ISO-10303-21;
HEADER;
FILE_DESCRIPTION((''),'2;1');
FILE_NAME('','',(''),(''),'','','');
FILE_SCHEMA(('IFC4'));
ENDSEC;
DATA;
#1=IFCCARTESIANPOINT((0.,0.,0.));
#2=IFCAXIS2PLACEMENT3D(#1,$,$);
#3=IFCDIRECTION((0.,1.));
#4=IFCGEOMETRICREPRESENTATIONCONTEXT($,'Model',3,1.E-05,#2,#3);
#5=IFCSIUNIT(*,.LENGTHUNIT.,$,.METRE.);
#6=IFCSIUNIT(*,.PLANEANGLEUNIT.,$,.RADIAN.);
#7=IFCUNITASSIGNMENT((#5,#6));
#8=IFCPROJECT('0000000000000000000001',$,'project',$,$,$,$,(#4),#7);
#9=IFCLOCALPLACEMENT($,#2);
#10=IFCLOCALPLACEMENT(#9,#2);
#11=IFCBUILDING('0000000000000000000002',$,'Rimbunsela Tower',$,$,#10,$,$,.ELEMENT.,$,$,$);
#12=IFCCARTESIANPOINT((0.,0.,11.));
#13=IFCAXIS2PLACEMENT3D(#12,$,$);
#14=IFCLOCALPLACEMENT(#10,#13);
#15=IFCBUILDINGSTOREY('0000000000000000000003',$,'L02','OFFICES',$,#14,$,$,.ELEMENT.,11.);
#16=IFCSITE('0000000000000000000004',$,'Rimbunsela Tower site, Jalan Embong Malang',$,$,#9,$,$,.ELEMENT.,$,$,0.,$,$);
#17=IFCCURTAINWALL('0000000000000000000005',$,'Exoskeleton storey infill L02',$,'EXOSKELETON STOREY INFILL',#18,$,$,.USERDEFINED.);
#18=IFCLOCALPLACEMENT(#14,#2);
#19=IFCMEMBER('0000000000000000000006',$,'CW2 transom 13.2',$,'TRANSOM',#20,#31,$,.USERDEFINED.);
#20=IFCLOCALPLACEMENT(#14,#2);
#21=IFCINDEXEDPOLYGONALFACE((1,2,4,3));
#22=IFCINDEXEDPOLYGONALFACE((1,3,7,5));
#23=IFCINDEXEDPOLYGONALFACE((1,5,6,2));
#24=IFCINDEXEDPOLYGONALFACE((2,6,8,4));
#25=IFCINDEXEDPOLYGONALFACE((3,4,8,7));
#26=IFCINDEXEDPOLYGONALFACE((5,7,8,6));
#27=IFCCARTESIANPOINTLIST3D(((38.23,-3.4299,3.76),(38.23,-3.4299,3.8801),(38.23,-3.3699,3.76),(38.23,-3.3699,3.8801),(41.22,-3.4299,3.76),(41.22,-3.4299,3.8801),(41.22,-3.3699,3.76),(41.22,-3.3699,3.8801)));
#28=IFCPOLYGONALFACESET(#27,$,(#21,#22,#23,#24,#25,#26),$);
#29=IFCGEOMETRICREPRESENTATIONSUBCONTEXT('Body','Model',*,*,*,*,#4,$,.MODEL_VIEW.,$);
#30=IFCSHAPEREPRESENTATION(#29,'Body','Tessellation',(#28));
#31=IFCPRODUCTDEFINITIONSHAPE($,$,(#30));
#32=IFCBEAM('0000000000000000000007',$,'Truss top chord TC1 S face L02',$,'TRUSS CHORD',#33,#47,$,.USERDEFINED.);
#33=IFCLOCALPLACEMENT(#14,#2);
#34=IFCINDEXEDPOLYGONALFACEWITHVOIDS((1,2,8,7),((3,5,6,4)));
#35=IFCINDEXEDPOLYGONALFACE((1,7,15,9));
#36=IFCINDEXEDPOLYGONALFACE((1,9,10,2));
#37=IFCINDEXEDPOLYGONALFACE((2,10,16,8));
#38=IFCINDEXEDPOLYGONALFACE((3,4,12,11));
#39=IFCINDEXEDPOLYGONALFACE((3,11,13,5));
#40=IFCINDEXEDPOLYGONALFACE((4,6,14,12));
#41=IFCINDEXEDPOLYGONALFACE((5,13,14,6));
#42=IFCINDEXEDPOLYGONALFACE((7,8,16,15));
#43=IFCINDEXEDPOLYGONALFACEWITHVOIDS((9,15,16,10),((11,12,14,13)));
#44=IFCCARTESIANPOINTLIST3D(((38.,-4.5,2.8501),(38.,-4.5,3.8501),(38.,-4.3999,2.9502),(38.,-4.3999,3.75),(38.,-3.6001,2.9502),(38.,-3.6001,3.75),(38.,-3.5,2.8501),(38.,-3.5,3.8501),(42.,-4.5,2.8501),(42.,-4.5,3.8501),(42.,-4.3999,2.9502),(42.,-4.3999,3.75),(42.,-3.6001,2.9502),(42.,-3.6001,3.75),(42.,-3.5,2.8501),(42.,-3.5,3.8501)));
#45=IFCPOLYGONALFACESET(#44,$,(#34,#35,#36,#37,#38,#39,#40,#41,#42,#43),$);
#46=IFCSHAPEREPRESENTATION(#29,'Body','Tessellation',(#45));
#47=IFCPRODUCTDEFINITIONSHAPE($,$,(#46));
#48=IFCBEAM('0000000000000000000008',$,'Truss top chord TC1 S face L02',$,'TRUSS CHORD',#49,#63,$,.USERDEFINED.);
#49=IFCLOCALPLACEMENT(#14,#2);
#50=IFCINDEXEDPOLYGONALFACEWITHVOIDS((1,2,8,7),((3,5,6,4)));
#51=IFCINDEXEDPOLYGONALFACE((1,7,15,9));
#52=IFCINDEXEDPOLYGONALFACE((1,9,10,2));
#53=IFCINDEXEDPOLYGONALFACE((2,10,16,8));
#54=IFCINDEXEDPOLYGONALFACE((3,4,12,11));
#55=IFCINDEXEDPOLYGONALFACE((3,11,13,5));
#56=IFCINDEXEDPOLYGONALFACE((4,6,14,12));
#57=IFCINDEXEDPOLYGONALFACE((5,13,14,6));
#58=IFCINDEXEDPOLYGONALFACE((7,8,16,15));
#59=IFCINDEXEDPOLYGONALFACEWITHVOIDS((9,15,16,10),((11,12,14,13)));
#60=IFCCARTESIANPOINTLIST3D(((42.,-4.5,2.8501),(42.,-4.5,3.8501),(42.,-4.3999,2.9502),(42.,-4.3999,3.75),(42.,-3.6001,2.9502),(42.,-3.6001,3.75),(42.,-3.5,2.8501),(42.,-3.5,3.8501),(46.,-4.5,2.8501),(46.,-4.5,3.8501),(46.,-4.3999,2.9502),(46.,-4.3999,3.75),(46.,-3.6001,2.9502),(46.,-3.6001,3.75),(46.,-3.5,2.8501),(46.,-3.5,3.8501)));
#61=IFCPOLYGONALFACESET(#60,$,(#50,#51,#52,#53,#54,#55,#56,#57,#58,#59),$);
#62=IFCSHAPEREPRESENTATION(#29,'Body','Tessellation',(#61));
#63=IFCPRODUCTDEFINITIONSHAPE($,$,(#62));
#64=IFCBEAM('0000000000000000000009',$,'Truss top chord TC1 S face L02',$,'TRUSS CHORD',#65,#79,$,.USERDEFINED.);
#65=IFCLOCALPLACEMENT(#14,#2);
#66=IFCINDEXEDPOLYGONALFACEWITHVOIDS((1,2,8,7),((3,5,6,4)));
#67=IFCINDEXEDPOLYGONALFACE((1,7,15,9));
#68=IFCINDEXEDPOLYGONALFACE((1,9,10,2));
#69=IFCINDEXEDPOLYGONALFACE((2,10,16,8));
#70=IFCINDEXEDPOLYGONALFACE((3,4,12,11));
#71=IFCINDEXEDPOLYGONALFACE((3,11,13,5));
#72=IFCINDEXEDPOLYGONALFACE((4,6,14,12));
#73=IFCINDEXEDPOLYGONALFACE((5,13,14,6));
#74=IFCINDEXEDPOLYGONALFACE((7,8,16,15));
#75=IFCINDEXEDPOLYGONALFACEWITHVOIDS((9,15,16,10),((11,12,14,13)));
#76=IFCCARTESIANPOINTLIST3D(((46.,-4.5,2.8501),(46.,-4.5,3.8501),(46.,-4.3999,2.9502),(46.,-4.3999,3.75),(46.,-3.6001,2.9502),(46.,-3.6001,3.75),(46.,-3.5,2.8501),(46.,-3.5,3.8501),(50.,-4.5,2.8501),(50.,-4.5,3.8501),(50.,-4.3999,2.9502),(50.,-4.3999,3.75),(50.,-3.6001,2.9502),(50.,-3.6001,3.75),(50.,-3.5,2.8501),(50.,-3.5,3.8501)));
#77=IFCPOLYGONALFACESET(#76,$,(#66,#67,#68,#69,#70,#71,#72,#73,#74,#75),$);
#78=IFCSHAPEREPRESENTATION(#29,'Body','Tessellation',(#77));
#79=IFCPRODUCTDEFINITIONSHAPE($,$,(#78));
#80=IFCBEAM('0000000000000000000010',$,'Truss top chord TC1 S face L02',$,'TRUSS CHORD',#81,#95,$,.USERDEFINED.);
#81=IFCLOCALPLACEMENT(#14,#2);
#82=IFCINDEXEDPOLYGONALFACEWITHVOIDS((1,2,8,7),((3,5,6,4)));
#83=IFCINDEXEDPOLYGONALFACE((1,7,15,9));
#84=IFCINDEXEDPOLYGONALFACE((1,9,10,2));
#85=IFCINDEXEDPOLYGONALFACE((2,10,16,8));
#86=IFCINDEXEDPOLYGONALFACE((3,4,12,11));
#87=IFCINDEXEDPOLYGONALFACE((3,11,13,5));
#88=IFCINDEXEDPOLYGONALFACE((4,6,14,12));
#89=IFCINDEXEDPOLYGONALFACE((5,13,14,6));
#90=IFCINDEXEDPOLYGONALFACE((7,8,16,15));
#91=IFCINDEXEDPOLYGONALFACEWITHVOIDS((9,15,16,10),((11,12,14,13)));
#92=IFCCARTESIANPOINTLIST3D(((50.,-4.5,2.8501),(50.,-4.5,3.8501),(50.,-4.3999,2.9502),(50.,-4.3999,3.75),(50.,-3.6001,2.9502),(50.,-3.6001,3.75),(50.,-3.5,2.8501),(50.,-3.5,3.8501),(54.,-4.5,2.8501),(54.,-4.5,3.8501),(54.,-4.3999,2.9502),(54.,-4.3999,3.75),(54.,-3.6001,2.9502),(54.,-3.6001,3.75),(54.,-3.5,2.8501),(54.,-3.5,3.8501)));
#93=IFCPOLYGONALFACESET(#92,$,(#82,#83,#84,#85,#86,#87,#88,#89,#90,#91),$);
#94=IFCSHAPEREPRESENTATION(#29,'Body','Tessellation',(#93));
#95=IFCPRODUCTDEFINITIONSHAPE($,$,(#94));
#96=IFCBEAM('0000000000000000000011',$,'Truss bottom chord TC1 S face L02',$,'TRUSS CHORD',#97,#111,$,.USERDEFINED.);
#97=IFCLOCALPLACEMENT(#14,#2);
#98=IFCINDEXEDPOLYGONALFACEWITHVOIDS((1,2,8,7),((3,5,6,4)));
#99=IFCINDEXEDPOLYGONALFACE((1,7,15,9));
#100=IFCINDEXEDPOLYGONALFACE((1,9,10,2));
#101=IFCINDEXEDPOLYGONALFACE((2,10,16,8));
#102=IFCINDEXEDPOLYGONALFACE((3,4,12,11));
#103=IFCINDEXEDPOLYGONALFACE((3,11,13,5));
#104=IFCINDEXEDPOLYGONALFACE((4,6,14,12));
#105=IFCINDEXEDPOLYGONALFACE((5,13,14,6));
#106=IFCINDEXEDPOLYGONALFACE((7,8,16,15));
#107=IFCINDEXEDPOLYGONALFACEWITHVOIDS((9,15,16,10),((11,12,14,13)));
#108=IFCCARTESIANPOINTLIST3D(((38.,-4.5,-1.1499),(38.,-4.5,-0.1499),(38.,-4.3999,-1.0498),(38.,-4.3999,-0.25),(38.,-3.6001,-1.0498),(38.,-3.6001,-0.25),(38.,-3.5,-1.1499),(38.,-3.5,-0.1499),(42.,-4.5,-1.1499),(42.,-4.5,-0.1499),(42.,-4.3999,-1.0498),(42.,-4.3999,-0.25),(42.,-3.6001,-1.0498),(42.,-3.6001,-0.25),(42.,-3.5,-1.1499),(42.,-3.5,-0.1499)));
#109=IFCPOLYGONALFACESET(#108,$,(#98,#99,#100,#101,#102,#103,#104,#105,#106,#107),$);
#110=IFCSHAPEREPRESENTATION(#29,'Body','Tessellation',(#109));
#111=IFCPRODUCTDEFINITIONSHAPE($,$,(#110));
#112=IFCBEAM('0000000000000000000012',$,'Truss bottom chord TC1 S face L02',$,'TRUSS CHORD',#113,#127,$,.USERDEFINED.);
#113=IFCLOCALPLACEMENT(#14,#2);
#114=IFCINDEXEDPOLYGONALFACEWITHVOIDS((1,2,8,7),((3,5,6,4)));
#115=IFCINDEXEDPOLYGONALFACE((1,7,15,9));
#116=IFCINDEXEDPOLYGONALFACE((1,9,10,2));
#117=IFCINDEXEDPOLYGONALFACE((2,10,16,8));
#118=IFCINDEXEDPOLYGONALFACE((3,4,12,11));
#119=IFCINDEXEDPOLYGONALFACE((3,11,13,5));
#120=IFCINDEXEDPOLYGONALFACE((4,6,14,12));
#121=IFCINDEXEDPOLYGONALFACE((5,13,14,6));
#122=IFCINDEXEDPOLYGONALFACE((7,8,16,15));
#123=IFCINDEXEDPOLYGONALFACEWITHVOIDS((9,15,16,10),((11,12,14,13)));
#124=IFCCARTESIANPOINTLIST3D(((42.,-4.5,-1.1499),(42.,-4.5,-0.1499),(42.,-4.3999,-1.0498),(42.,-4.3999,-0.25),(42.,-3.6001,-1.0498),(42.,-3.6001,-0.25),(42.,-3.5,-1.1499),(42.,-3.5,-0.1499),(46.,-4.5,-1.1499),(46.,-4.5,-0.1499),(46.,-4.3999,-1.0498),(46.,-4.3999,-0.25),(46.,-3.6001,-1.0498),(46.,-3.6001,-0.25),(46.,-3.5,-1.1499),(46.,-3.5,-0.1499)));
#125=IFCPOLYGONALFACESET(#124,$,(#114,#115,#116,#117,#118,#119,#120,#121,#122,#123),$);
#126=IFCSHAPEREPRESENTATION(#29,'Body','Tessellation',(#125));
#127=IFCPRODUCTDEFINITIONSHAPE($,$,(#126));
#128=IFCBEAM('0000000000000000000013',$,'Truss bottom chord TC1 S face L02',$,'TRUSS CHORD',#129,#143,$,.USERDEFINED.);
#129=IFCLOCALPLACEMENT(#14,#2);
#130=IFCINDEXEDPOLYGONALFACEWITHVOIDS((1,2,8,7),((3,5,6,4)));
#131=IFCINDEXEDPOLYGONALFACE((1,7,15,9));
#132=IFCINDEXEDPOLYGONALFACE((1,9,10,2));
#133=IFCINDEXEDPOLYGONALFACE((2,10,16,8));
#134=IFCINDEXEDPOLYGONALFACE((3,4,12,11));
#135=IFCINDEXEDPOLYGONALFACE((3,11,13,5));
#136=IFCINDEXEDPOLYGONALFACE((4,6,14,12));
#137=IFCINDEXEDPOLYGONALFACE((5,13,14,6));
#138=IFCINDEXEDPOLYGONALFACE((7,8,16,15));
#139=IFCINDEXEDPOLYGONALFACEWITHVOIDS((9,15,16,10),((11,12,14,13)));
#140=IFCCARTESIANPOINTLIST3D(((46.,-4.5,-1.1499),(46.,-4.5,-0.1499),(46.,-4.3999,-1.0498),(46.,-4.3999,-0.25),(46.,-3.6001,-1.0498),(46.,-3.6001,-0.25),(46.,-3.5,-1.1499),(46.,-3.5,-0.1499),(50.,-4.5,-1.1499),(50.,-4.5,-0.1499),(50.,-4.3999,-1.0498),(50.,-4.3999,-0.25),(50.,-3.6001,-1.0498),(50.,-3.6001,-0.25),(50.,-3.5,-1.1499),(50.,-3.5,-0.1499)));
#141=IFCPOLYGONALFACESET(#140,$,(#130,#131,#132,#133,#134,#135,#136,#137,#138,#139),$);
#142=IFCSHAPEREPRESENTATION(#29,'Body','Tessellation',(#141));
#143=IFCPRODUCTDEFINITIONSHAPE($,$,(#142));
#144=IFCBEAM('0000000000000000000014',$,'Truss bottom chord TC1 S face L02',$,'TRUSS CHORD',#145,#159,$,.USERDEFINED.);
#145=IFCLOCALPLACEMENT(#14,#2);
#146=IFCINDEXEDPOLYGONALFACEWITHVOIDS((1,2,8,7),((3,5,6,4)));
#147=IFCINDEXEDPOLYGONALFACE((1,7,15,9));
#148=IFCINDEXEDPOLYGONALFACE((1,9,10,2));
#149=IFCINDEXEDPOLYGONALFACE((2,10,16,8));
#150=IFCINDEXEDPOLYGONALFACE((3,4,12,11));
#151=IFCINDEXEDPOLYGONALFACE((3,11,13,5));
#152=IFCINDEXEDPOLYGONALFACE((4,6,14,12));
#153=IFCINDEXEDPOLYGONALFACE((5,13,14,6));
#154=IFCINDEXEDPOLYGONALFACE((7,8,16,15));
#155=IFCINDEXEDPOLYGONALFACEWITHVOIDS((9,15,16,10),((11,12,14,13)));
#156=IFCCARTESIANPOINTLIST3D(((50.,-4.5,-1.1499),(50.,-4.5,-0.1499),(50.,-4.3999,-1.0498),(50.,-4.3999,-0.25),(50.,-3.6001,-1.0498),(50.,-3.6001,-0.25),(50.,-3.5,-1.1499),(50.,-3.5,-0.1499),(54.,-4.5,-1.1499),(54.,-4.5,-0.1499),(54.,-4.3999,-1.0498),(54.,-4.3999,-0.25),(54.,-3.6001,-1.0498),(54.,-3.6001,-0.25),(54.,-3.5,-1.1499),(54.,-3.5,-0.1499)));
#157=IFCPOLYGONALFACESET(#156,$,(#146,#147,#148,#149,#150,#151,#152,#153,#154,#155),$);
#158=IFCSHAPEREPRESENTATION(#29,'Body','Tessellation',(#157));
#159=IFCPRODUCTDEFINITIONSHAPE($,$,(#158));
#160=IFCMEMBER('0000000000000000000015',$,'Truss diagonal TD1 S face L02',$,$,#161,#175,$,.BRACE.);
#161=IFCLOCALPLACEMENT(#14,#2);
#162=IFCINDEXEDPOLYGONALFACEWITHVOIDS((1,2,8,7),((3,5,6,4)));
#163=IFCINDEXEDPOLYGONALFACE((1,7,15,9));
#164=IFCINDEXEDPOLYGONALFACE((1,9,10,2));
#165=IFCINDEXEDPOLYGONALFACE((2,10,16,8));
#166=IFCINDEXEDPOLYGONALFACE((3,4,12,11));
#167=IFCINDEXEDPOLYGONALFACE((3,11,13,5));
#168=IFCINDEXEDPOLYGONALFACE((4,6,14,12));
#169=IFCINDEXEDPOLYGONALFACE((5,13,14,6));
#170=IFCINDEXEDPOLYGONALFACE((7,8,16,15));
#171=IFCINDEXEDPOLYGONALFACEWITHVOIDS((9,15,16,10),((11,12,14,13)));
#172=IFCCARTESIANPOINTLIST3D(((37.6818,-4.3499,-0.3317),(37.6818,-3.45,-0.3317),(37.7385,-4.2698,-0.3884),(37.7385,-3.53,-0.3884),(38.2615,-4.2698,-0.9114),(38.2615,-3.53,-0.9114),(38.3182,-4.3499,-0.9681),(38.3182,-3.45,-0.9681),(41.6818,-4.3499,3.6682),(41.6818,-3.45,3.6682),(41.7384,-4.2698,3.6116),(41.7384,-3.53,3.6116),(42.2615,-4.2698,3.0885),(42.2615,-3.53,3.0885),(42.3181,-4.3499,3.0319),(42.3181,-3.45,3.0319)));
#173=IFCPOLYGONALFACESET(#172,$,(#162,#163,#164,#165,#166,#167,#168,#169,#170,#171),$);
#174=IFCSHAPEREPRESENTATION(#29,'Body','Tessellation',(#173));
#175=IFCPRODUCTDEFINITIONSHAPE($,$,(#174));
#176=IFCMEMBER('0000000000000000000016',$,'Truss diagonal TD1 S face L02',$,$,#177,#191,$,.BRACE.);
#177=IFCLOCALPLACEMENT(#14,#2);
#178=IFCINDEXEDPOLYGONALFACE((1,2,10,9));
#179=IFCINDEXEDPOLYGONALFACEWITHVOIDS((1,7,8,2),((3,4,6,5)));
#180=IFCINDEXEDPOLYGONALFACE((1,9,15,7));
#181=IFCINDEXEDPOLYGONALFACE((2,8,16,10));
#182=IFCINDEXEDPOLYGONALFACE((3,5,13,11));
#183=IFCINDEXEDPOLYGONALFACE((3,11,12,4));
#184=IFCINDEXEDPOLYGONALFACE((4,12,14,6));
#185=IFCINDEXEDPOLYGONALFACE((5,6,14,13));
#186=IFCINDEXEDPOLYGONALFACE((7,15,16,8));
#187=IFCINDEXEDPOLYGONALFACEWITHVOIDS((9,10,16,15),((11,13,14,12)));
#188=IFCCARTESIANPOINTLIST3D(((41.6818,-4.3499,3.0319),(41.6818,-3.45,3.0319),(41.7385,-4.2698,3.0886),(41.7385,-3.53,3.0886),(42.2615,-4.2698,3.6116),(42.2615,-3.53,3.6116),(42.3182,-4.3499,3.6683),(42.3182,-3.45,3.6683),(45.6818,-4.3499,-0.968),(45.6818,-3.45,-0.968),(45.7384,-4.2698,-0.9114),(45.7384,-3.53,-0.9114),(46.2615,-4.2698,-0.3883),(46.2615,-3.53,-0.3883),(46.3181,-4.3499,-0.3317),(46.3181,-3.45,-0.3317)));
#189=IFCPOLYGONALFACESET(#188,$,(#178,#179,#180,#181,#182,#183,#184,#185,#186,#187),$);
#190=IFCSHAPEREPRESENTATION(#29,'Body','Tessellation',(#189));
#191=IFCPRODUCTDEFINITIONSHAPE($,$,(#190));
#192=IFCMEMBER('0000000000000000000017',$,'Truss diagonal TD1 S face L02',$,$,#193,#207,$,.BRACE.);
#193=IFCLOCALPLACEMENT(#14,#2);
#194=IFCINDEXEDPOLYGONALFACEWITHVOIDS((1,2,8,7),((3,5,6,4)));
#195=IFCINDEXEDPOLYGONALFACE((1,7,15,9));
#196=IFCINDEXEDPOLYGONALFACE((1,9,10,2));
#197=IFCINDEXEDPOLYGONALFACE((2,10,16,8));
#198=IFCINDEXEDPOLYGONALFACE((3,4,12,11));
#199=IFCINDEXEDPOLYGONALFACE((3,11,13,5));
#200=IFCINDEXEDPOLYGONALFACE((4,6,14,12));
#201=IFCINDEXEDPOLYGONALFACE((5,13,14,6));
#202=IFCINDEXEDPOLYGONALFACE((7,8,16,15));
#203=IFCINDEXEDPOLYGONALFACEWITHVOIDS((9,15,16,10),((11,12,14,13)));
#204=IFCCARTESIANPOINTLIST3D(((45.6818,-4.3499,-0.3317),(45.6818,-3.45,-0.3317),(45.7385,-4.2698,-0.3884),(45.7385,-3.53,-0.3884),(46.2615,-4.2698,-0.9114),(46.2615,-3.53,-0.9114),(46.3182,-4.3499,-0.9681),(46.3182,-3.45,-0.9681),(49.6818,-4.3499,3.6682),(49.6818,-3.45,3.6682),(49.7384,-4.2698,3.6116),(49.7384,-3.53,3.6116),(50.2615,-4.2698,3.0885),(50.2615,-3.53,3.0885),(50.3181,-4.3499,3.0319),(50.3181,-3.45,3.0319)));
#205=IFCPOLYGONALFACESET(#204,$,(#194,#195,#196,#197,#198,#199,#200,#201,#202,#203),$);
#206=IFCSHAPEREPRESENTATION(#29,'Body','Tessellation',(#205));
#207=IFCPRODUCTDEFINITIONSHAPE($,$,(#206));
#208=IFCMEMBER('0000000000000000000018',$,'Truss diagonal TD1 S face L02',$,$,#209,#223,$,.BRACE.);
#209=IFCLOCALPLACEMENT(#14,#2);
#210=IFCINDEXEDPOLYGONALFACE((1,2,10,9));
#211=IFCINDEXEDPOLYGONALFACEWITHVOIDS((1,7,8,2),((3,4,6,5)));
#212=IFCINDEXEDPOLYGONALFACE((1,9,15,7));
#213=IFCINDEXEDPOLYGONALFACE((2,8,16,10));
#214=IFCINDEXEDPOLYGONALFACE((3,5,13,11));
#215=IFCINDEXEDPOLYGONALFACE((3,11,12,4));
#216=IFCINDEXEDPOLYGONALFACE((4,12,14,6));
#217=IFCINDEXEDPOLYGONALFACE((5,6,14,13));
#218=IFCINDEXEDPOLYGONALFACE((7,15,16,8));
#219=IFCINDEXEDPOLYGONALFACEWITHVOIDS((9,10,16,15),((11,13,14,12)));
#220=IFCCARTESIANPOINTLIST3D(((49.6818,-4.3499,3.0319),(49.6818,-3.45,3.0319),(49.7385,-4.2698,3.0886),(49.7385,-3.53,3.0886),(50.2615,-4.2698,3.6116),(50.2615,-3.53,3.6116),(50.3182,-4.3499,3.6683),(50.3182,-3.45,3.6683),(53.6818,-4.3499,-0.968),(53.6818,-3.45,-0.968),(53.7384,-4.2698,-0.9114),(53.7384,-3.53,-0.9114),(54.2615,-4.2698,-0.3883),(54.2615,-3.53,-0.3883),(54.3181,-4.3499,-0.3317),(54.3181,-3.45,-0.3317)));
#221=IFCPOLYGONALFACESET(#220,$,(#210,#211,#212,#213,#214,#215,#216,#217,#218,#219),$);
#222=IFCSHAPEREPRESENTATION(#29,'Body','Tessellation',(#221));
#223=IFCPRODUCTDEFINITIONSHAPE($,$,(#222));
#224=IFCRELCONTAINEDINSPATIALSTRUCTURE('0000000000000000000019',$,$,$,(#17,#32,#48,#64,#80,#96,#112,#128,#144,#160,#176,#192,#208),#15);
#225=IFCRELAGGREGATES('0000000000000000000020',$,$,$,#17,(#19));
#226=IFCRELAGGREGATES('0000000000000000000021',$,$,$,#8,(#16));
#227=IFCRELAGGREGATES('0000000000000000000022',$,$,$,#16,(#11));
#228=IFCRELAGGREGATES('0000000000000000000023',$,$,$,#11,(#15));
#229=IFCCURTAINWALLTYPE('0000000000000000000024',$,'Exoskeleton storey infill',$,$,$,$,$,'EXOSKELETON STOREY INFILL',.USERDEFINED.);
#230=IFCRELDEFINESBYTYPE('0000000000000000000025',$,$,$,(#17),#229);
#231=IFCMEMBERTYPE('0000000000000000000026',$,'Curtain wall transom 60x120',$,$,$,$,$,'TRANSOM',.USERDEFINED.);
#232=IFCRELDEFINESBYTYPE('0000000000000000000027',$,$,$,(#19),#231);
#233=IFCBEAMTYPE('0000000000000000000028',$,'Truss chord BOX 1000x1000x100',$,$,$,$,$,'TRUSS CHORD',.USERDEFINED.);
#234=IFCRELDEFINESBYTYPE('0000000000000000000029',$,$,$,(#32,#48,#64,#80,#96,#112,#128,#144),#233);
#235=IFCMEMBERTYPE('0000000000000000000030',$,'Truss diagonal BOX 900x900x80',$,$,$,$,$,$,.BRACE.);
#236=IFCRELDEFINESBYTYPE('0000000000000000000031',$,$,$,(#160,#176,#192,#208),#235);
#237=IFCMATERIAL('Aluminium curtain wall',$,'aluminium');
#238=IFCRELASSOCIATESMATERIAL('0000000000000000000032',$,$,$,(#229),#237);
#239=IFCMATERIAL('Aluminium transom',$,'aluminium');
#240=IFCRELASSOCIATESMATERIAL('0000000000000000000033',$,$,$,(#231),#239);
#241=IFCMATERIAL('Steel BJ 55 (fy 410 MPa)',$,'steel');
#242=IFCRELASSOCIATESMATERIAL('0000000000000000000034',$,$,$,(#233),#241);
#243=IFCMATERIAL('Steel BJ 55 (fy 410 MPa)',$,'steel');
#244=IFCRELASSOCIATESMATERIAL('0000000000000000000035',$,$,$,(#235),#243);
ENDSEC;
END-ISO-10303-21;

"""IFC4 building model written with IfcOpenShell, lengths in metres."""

from ifc_helpers import new_model, si_unit, direction, frame, origin, origin_2d, place, context, subcontext, project, spatial, rectangle, hollow_rectangle, extrude, material, material_profile, profile_set, type_object, element, aggregate, save


model = new_model("IFC4")

# Units and contexts
model_context = context("Model", 3, precision=1e-05, world=origin(), true_north=direction((0.0, 1.0)))
body_context = subcontext(model_context, "Body", "Model", "MODEL_VIEW")
ifc_project = project(units=[si_unit("LENGTHUNIT", "METRE"), si_unit("PLANEANGLEUNIT", "RADIAN")], contexts=[model_context])

# Site, building, storey
site_placement = place(None, origin())
site = spatial("IfcSite", under=ifc_project, at=site_placement, Name="Rimbunsela Tower site, Jalan Embong Malang", CompositionType="ELEMENT", RefElevation=0.0)
building_placement = place(site_placement, origin())
building = spatial("IfcBuilding", under=site, at=building_placement, Name="Rimbunsela Tower", CompositionType="ELEMENT")
storey_placement = place(building_placement, frame((0.0, 0.0, 11.0)))
storey = spatial("IfcBuildingStorey", under=building, at=storey_placement, Name="L02", Description="OFFICES", CompositionType="ELEMENT", Elevation=11.0)

# Curtain wall, member
ifc_material_1 = material(Name="Aluminium curtain wall", Category="aluminium")
curtain_wall_type = type_object("IfcCurtainWallType", Name="Exoskeleton storey infill", ElementType="EXOSKELETON STOREY INFILL", PredefinedType="USERDEFINED", material=ifc_material_1)
curtain_wall_placement = place(storey_placement, origin())
curtain_wall = element("IfcCurtainWall", 1, at=curtain_wall_placement, inside=storey, type_object=curtain_wall_type, Name="Exoskeleton storey infill L02", ObjectType="EXOSKELETON STOREY INFILL", PredefinedType="USERDEFINED")
ifc_material_2 = material(Name="Aluminium transom", Category="aluminium")
ifc_material_profile_1 = material_profile(ifc_material_2, rectangle(XDim=0.0601, YDim=0.1201, at=origin_2d()), Name="Transom 60x120")
ifc_profile_set_1 = profile_set([ifc_material_profile_1], Name="Aluminium transom")
member_type_1 = type_object("IfcMemberType", Name="Curtain wall transom 60x120", ElementType="TRANSOM", PredefinedType="USERDEFINED", material=ifc_profile_set_1)
member_1_placement = place(storey_placement, frame((38.23, -3.3999, 3.8201), z_axis=(1.0, 0.0, 0.0), x_axis=(0.0, 1.0, 0.0)))
member_1 = element("IfcMember", 2, at=member_1_placement, type_object=member_type_1, Name="CW2 transom 13.2", ObjectType="TRANSOM", PredefinedType="USERDEFINED", context=body_context, shape_type="SweptSolid", body=[
    extrude(rectangle(XDim=0.0601, YDim=0.1201, at=origin_2d()), origin(), (0.0, 0.0, 1.0), 2.99),
])
aggregate(curtain_wall, [member_1])

# Beams
ifc_material_3 = material(Name="Steel BJ 55 (fy 410 MPa)", Category="steel")
ifc_material_profile_2 = material_profile(ifc_material_3, hollow_rectangle(XDim=1.0, YDim=1.0, WallThickness=0.1001, at=origin_2d()), Name="BOX 1000x1000x100")
ifc_profile_set_2 = profile_set([ifc_material_profile_2], Name="Steel BJ 55 (fy 410 MPa)")
beam_type_1 = type_object("IfcBeamType", Name="Truss chord BOX 1000x1000x100", ElementType="TRUSS CHORD", PredefinedType="USERDEFINED", material=ifc_profile_set_2)
for number, where, z_axis, x_axis, name in (
    (3, (38.0, -4.0, 3.3501), (1.0, 0.0, 0.0), (0.0, 1.0, 0.0), "Truss top chord TC1 S face L02"),
    (4, (42.0, -4.0, 3.3501), (1.0, 0.0, 0.0), (0.0, 1.0, 0.0), "Truss top chord TC1 S face L02"),
    (5, (46.0, -4.0, 3.3501), (1.0, 0.0, 0.0), (0.0, 1.0, 0.0), "Truss top chord TC1 S face L02"),
    (6, (50.0, -4.0, 3.3501), (1.0, 0.0, 0.0), (0.0, 1.0, 0.0), "Truss top chord TC1 S face L02"),
    (7, (38.0, -4.0, -0.6499), (1.0, 0.0, 0.0), (0.0, 1.0, 0.0), "Truss bottom chord TC1 S face L02"),
    (8, (42.0, -4.0, -0.6499), (1.0, 0.0, 0.0), (0.0, 1.0, 0.0), "Truss bottom chord TC1 S face L02"),
    (9, (46.0, -4.0, -0.6499), (1.0, 0.0, 0.0), (0.0, 1.0, 0.0), "Truss bottom chord TC1 S face L02"),
    (10, (50.0, -4.0, -0.6499), (1.0, 0.0, 0.0), (0.0, 1.0, 0.0), "Truss bottom chord TC1 S face L02"),
):
    element("IfcBeam", number, at=place(storey_placement, frame(where, z_axis=z_axis, x_axis=x_axis)), inside=storey, type_object=beam_type_1, Name=name, ObjectType="TRUSS CHORD", PredefinedType="USERDEFINED", context=body_context, shape_type="SweptSolid", body=[
        extrude(hollow_rectangle(XDim=1.0, YDim=1.0, WallThickness=0.1001, at=origin_2d()), origin(), (0.0, 0.0, 1.0), 4.0),
    ])

# Members
ifc_material_4 = material(Name="Steel BJ 55 (fy 410 MPa)", Category="steel")
ifc_material_profile_3 = material_profile(ifc_material_4, hollow_rectangle(XDim=0.8999, YDim=0.8999, WallThickness=0.0801, at=origin_2d()), Name="BOX 900x900x80")
ifc_profile_set_3 = profile_set([ifc_material_profile_3], Name="Steel BJ 55 (fy 410 MPa)")
member_type_2 = type_object("IfcMemberType", Name="Truss diagonal BOX 900x900x80", PredefinedType="BRACE", material=ifc_profile_set_3)
for number, where, z_axis, x_axis, name in (
    (11, (38.0, -3.8999, -0.6499), (0.707107, 0.0, 0.707107), (0.0, 1.0, 0.0), "Truss diagonal TD1 S face L02"),
    (12, (42.0, -3.8999, 3.3501), (0.707107, 0.0, -0.707107), (0.0, 1.0, 0.0), "Truss diagonal TD1 S face L02"),
    (13, (46.0, -3.8999, -0.6499), (0.707107, 0.0, 0.707107), (0.0, 1.0, 0.0), "Truss diagonal TD1 S face L02"),
    (14, (50.0, -3.8999, 3.3501), (0.707107, 0.0, -0.707107), (0.0, 1.0, 0.0), "Truss diagonal TD1 S face L02"),
):
    element("IfcMember", number, at=place(storey_placement, frame(where, z_axis=z_axis, x_axis=x_axis)), inside=storey, type_object=member_type_2, Name=name, PredefinedType="BRACE", context=body_context, shape_type="SweptSolid", body=[
        extrude(hollow_rectangle(XDim=0.8999, YDim=0.8999, WallThickness=0.0801, at=origin_2d()), origin(), (0.0, 0.0, 1.0), 5.6567),
    ])

save(model, "model.ifc")
